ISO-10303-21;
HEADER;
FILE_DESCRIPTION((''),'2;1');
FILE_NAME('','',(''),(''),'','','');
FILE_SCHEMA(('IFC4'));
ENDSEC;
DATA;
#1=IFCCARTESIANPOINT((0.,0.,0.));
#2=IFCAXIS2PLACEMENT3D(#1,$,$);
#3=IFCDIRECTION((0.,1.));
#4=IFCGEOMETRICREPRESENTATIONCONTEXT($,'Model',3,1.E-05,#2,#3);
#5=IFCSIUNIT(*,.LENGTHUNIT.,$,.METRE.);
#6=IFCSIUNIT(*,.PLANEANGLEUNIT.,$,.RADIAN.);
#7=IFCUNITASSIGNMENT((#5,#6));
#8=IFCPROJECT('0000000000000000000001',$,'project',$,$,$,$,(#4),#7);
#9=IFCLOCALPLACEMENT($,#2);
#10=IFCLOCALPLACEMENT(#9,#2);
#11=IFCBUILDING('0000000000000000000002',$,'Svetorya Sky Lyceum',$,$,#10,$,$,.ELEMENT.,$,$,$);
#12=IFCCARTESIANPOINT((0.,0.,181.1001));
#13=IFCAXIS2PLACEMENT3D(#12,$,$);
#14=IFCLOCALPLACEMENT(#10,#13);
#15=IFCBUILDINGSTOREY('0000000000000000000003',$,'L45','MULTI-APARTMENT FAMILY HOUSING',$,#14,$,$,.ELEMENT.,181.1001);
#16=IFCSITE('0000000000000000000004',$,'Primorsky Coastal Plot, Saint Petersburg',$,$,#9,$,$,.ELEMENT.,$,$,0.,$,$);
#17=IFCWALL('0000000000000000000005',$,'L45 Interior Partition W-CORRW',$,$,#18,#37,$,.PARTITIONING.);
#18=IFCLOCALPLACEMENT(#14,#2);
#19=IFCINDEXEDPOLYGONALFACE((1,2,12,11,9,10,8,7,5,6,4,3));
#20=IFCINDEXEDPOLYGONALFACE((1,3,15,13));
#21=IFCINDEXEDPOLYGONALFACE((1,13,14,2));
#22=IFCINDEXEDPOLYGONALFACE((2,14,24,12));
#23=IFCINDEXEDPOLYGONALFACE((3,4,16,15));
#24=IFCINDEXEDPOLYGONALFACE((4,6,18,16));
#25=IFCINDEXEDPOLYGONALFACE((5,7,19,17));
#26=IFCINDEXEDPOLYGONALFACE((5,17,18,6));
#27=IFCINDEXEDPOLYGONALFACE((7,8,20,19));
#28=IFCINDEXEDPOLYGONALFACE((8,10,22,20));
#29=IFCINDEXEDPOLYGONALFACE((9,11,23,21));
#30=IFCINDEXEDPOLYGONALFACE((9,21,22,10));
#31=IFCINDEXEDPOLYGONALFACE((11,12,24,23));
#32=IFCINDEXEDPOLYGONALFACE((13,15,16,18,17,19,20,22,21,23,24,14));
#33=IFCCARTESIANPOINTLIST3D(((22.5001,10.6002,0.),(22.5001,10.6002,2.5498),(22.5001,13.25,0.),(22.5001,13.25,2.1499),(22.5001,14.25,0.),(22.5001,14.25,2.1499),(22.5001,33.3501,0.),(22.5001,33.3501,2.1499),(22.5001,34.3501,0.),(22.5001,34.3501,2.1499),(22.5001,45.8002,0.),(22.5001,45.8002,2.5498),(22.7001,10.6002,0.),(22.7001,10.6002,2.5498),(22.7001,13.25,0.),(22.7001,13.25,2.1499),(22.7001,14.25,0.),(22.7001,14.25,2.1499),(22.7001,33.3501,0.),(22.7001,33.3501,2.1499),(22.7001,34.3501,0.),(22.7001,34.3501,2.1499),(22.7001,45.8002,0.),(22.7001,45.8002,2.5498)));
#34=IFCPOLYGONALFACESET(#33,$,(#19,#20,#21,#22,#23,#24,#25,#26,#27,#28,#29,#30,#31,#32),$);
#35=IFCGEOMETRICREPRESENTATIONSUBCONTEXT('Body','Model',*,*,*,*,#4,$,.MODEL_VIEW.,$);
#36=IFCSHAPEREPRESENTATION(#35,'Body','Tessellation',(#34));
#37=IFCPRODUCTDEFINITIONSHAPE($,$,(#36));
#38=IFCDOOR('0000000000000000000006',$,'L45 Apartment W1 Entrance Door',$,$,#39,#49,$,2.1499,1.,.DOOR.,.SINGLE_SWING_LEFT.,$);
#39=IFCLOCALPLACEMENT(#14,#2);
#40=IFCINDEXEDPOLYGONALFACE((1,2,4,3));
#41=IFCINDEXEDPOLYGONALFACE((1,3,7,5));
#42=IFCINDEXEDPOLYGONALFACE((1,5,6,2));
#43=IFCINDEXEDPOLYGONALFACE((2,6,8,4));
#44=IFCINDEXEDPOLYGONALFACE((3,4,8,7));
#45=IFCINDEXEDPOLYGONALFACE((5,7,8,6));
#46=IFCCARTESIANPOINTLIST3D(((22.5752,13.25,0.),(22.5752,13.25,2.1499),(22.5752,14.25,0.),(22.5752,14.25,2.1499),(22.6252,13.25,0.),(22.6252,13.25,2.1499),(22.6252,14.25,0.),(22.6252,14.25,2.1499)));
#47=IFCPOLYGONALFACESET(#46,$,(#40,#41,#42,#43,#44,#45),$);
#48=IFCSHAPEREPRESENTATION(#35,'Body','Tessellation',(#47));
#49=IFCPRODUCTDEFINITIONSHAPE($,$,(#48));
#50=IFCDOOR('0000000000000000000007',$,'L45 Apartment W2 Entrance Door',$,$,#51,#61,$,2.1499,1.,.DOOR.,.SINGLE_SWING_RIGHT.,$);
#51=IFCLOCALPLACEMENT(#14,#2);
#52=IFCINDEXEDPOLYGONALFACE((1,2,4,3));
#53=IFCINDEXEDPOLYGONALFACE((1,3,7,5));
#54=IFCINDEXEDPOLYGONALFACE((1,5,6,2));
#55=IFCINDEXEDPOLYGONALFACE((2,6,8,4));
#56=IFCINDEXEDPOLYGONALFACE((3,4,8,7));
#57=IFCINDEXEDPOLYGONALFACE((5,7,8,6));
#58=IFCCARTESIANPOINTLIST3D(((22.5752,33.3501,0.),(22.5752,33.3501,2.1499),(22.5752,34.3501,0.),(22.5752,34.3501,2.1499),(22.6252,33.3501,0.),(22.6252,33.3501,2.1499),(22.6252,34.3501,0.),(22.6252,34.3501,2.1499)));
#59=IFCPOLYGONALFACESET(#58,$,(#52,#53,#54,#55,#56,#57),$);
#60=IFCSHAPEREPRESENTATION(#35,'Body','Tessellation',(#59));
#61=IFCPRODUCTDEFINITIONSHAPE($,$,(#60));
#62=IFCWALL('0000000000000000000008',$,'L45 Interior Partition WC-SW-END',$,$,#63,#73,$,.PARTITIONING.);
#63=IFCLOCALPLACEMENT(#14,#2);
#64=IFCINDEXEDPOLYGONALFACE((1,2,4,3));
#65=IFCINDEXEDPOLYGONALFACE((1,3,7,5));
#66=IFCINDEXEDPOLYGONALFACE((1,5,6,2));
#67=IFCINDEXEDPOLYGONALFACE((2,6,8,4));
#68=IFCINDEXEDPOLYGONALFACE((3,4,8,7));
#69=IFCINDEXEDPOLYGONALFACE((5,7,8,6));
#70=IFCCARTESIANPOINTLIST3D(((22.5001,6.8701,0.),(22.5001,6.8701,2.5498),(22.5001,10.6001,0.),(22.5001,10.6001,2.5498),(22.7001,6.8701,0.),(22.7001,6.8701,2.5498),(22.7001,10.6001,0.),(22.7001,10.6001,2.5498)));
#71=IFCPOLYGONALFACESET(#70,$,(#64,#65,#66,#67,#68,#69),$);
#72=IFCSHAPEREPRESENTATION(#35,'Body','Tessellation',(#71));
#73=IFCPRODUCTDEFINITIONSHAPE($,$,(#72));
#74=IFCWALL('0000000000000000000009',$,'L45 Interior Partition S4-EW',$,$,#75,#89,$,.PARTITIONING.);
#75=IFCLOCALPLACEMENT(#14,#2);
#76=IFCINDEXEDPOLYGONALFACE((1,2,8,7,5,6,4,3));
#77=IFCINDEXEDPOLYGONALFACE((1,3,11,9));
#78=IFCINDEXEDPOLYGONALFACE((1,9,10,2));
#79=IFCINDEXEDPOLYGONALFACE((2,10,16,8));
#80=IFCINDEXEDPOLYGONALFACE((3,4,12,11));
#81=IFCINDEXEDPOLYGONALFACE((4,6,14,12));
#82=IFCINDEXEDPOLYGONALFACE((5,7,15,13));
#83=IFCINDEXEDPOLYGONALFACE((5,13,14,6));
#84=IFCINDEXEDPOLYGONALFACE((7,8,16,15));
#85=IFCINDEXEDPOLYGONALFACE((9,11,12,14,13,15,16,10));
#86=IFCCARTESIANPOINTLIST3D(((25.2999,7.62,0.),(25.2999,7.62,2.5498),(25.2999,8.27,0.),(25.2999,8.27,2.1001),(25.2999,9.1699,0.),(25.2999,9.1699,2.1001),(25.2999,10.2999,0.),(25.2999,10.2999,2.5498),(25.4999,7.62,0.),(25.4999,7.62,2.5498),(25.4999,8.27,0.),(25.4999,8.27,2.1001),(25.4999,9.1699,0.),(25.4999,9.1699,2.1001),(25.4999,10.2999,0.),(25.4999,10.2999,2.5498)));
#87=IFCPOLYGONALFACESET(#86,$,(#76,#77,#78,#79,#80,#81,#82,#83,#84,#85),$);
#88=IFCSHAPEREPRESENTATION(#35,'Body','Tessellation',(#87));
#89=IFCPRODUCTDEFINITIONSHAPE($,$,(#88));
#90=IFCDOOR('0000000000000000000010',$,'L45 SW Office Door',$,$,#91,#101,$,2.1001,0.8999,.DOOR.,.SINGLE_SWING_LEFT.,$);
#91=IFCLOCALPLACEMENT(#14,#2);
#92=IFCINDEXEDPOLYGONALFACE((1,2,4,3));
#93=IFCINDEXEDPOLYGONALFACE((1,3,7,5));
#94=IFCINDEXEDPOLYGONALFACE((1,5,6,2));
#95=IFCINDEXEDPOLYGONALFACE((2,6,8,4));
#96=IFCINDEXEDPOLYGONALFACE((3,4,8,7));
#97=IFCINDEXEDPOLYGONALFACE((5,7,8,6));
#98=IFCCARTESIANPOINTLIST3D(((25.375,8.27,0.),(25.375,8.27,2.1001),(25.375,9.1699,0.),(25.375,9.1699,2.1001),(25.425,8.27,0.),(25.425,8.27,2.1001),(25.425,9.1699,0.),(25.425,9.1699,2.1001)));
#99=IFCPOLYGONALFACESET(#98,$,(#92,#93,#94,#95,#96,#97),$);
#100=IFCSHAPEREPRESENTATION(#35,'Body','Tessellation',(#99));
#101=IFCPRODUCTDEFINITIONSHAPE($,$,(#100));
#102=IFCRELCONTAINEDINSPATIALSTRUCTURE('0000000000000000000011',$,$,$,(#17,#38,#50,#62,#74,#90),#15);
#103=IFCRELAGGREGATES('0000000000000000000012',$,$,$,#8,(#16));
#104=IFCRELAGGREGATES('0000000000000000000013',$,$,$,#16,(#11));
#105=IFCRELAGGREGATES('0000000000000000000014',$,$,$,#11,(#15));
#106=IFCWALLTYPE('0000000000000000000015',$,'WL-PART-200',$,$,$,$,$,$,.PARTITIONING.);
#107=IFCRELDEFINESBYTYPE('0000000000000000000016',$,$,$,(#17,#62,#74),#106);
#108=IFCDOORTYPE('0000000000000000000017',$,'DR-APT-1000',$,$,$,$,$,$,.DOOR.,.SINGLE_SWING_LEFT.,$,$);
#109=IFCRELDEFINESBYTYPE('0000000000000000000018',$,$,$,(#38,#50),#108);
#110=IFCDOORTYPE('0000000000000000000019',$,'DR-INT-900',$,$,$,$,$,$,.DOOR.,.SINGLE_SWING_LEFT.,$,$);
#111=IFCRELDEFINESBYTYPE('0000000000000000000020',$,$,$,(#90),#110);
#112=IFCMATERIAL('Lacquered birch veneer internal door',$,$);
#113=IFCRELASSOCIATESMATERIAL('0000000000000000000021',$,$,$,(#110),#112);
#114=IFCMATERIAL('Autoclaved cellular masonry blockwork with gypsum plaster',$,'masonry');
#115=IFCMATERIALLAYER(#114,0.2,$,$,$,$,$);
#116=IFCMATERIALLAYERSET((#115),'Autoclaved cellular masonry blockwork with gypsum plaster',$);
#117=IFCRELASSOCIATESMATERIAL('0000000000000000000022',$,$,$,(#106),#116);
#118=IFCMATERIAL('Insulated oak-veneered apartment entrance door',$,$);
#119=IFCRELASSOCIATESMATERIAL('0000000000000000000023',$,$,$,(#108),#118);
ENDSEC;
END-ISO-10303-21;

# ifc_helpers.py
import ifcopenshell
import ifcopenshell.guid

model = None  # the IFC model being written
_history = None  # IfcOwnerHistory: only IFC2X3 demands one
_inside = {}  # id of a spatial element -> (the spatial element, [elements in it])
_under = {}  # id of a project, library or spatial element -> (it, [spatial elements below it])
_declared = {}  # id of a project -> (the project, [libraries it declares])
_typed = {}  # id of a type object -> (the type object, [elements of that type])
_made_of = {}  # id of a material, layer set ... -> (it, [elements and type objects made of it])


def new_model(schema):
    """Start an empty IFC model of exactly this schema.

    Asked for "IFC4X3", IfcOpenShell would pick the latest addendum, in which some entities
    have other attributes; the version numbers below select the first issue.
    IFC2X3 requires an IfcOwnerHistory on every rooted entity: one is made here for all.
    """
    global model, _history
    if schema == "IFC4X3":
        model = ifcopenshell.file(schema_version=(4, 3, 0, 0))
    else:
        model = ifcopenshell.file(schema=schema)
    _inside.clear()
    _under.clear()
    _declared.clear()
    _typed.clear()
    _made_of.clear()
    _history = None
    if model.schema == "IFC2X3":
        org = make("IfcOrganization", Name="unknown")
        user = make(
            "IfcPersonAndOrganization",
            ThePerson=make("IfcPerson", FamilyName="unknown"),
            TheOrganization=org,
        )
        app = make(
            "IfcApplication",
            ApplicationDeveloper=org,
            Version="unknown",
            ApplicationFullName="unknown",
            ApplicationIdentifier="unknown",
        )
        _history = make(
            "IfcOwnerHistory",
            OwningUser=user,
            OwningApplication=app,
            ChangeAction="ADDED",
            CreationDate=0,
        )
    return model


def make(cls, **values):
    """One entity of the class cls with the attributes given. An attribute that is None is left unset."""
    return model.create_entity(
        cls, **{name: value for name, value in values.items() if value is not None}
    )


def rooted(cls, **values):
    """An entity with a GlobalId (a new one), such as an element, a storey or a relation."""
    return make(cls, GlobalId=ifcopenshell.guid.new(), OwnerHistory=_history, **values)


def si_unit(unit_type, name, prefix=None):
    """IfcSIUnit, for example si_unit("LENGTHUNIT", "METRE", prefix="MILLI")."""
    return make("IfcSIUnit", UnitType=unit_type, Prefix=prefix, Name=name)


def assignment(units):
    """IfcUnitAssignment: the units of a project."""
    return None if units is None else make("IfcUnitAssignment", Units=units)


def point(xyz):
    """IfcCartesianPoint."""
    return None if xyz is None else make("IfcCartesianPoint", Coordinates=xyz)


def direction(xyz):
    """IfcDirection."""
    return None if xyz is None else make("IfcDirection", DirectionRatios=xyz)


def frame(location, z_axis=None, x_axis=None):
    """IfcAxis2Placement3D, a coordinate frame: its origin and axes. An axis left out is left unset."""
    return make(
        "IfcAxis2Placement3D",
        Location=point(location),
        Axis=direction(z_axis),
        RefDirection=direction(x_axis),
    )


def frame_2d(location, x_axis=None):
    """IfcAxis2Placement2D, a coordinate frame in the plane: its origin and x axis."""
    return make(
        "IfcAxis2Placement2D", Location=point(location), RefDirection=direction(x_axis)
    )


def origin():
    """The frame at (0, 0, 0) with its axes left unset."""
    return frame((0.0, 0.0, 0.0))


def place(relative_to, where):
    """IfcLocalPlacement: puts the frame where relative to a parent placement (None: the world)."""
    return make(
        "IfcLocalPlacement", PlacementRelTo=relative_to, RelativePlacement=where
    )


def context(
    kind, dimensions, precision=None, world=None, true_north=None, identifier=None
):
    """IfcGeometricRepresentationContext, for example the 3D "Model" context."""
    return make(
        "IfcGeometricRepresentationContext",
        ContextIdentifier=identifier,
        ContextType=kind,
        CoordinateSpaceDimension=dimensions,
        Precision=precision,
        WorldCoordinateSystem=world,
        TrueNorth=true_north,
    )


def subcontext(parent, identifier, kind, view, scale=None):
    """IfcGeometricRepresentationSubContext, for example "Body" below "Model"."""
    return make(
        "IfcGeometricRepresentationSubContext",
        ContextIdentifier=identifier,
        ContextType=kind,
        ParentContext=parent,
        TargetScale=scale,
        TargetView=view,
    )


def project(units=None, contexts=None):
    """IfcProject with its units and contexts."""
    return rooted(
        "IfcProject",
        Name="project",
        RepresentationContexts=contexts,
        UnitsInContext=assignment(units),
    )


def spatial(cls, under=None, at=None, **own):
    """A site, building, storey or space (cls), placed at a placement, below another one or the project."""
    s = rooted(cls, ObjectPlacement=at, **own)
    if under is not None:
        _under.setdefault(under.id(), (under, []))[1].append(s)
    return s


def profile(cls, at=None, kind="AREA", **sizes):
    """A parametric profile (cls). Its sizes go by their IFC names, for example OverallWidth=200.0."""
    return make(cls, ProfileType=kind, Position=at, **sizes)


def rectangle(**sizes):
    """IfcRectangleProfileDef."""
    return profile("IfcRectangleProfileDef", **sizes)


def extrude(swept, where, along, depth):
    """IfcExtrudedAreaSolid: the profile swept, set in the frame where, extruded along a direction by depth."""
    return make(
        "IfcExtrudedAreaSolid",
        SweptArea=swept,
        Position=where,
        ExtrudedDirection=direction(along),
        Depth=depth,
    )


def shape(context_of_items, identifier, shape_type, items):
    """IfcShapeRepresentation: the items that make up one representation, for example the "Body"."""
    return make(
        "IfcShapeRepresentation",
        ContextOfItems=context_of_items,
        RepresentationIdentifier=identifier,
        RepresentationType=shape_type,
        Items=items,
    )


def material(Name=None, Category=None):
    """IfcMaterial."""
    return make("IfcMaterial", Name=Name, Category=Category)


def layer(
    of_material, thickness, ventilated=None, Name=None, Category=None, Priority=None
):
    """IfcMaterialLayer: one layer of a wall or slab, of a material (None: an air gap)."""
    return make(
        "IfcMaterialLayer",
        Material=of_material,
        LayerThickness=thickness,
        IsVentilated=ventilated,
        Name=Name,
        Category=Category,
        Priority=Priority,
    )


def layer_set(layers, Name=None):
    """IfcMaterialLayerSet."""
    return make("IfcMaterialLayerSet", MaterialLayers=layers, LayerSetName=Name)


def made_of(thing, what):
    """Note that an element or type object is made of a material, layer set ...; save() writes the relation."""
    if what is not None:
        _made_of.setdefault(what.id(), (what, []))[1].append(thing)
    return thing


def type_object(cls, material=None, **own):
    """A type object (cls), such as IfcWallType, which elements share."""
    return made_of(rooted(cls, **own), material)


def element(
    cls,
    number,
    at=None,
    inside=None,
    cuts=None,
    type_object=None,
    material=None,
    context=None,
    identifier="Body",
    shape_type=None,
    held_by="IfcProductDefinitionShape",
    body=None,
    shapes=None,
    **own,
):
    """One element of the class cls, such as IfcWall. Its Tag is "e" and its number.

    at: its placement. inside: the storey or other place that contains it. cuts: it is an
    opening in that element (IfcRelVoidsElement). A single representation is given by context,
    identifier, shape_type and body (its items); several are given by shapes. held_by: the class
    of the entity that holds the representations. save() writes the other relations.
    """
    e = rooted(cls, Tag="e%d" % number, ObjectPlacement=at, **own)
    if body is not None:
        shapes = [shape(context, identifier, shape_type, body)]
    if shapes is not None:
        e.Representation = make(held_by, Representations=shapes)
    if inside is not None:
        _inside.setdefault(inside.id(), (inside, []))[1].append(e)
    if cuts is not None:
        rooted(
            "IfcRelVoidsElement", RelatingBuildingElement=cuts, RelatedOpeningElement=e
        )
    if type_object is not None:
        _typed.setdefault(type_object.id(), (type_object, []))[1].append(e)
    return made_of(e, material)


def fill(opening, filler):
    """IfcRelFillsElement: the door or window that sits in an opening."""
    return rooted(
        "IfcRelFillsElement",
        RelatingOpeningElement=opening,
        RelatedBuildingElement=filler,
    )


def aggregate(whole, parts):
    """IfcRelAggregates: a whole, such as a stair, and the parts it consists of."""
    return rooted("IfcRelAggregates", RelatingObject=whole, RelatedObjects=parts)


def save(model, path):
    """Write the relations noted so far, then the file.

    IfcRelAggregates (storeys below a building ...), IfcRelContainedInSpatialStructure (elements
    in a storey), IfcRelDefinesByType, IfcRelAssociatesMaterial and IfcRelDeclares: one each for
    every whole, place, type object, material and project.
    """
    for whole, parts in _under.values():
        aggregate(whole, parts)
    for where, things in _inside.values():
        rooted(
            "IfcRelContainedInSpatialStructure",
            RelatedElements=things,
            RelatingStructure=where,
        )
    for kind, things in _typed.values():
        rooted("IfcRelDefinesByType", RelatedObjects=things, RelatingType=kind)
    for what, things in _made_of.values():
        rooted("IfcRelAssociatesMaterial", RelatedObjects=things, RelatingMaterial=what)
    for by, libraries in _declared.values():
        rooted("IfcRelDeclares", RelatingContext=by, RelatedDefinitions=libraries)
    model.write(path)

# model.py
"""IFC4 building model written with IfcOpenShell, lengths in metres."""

from ifc_helpers import new_model, si_unit, direction, frame, frame_2d, origin, place, context, subcontext, project, spatial, rectangle, extrude, material, layer, layer_set, type_object, element, fill, save


model = new_model("IFC4")

# Units and contexts
model_context = context("Model", 3, precision=1e-05, world=origin(), true_north=direction((0.0, 1.0)))
body_context = subcontext(model_context, "Body", "Model", "MODEL_VIEW")
ifc_project = project(units=[si_unit("LENGTHUNIT", "METRE"), si_unit("PLANEANGLEUNIT", "RADIAN")], contexts=[model_context])

# Site, building, storey
site_placement = place(None, origin())
site = spatial("IfcSite", under=ifc_project, at=site_placement, Name="Primorsky Coastal Plot, Saint Petersburg", CompositionType="ELEMENT", RefElevation=0.0)
building_placement = place(site_placement, origin())
building = spatial("IfcBuilding", under=site, at=building_placement, Name="Svetorya Sky Lyceum", CompositionType="ELEMENT")
storey_placement = place(building_placement, frame((0.0, 0.0, 181.1001)))
storey = spatial("IfcBuildingStorey", under=building, at=storey_placement, Name="L45", Description="MULTI-APARTMENT FAMILY HOUSING", CompositionType="ELEMENT", Elevation=181.1001)

# Shared definitions
ifc_material_1 = material(Name="Lacquered birch veneer internal door")
door_type_1 = type_object("IfcDoorType", Name="DR-INT-900", OperationType="SINGLE_SWING_LEFT", PredefinedType="DOOR", material=ifc_material_1)

# Shared definitions
ifc_material_2 = material(Name="Autoclaved cellular masonry blockwork with gypsum plaster", Category="masonry")
ifc_layer_1 = layer(ifc_material_2, 0.2)
ifc_layer_set_1 = layer_set([ifc_layer_1], Name="Autoclaved cellular masonry blockwork with gypsum plaster")
wall_type_1 = type_object("IfcWallType", Name="WL-PART-200", PredefinedType="PARTITIONING", material=ifc_layer_set_1)

# Wall, openings, doors
wall_1_placement = place(storey_placement, frame((22.6001, 10.6001, 0.0), z_axis=(0.0, 0.0, 1.0), x_axis=(0.0, 1.0, 0.0)))
wall_1 = element("IfcWall", 1, at=wall_1_placement, inside=storey, type_object=wall_type_1, Name="L45 Interior Partition W-CORRW", PredefinedType="PARTITIONING", context=body_context, shape_type="SweptSolid", body=[
    extrude(rectangle(XDim=35.2, YDim=0.2, at=frame_2d((17.6001, 0.0))), origin(), (0.0, 0.0, 1.0), 2.5498),
])
opening_1_placement = place(wall_1_placement, frame((2.6499, 0.0, 0.0)))
opening_1 = element("IfcOpeningElement", 2, at=opening_1_placement, cuts=wall_1, PredefinedType="OPENING", context=body_context, shape_type="SweptSolid", body=[
    extrude(rectangle(XDim=1.0, YDim=2.1499, at=frame_2d((0.5, 1.075))), frame((0.0, 0.1099, 0.0), z_axis=(0.0, -1.0, 0.0), x_axis=(1.0, 0.0, 0.0)), (0.0, 0.0, 1.0), 0.22),
])
opening_2_placement = place(wall_1_placement, frame((22.75, 0.0, 0.0)))
opening_2 = element("IfcOpeningElement", 3, at=opening_2_placement, cuts=wall_1, PredefinedType="OPENING", context=body_context, shape_type="SweptSolid", body=[
    extrude(rectangle(XDim=1.0, YDim=2.1499, at=frame_2d((0.5, 1.075))), frame((0.0, 0.1099, 0.0), z_axis=(0.0, -1.0, 0.0), x_axis=(1.0, 0.0, 0.0)), (0.0, 0.0, 1.0), 0.22),
])
ifc_material_3 = material(Name="Insulated oak-veneered apartment entrance door")
door_type_2 = type_object("IfcDoorType", Name="DR-APT-1000", OperationType="SINGLE_SWING_LEFT", PredefinedType="DOOR", material=ifc_material_3)
door_1_placement = place(opening_1_placement, origin())
door_1 = element("IfcDoor", 4, at=door_1_placement, inside=storey, type_object=door_type_2, Name="L45 Apartment W1 Entrance Door", OperationType="SINGLE_SWING_LEFT", OverallHeight=2.1499, OverallWidth=1.0, PredefinedType="DOOR", context=body_context, shape_type="SweptSolid", body=[
    extrude(rectangle(XDim=1.0, YDim=2.1499, at=frame_2d((0.5, 1.075))), frame((0.0, 0.0249, 0.0), z_axis=(0.0, -1.0, 0.0), x_axis=(1.0, 0.0, 0.0)), (0.0, 0.0, 1.0), 0.05),
])
fill(opening_1, door_1)
door_2_placement = place(opening_2_placement, origin())
door_2 = element("IfcDoor", 5, at=door_2_placement, inside=storey, type_object=door_type_2, Name="L45 Apartment W2 Entrance Door", OperationType="SINGLE_SWING_RIGHT", OverallHeight=2.1499, OverallWidth=1.0, PredefinedType="DOOR", context=body_context, shape_type="SweptSolid", body=[
    extrude(rectangle(XDim=1.0, YDim=2.1499, at=frame_2d((0.5, 1.075))), frame((0.0, 0.0249, 0.0), z_axis=(0.0, -1.0, 0.0), x_axis=(1.0, 0.0, 0.0)), (0.0, 0.0, 1.0), 0.05),
])
fill(opening_2, door_2)

# Wall
wall_2_placement = place(storey_placement, frame((22.6001, 6.8701, 0.0), z_axis=(0.0, 0.0, 1.0), x_axis=(0.0, 1.0, 0.0)))
element("IfcWall", 6, at=wall_2_placement, inside=storey, type_object=wall_type_1, Name="L45 Interior Partition WC-SW-END", PredefinedType="PARTITIONING", context=body_context, shape_type="SweptSolid", body=[
    extrude(rectangle(XDim=3.73, YDim=0.2, at=frame_2d((1.865, 0.0))), origin(), (0.0, 0.0, 1.0), 2.5498),
])

# Wall, opening, door
wall_3_placement = place(storey_placement, frame((25.3999, 7.6201, 0.0), z_axis=(0.0, 0.0, 1.0), x_axis=(0.0, 1.0, 0.0)))
wall_3 = element("IfcWall", 7, at=wall_3_placement, inside=storey, type_object=wall_type_1, Name="L45 Interior Partition S4-EW", PredefinedType="PARTITIONING", context=body_context, shape_type="SweptSolid", body=[
    extrude(rectangle(XDim=2.6799, YDim=0.2, at=frame_2d((1.3398, 0.0))), origin(), (0.0, 0.0, 1.0), 2.5498),
])
opening_3_placement = place(wall_3_placement, frame((0.6499, 0.0, 0.0)))
opening_3 = element("IfcOpeningElement", 8, at=opening_3_placement, cuts=wall_3, PredefinedType="OPENING", context=body_context, shape_type="SweptSolid", body=[
    extrude(rectangle(XDim=0.8999, YDim=2.1001, at=frame_2d((0.45, 1.05))), frame((0.0, 0.1099, 0.0), z_axis=(0.0, -1.0, 0.0), x_axis=(1.0, 0.0, 0.0)), (0.0, 0.0, 1.0), 0.22),
])
door_3_placement = place(opening_3_placement, origin())
door_3 = element("IfcDoor", 9, at=door_3_placement, inside=storey, type_object=door_type_1, Name="L45 SW Office Door", OperationType="SINGLE_SWING_LEFT", OverallHeight=2.1001, OverallWidth=0.8999, PredefinedType="DOOR", context=body_context, shape_type="SweptSolid", body=[
    extrude(rectangle(XDim=0.8999, YDim=2.1001, at=frame_2d((0.45, 1.05))), frame((0.0, 0.0249, 0.0), z_axis=(0.0, -1.0, 0.0), x_axis=(1.0, 0.0, 0.0)), (0.0, 0.0, 1.0), 0.05),
])
fill(opening_3, door_3)

save(model, "model.ifc")
